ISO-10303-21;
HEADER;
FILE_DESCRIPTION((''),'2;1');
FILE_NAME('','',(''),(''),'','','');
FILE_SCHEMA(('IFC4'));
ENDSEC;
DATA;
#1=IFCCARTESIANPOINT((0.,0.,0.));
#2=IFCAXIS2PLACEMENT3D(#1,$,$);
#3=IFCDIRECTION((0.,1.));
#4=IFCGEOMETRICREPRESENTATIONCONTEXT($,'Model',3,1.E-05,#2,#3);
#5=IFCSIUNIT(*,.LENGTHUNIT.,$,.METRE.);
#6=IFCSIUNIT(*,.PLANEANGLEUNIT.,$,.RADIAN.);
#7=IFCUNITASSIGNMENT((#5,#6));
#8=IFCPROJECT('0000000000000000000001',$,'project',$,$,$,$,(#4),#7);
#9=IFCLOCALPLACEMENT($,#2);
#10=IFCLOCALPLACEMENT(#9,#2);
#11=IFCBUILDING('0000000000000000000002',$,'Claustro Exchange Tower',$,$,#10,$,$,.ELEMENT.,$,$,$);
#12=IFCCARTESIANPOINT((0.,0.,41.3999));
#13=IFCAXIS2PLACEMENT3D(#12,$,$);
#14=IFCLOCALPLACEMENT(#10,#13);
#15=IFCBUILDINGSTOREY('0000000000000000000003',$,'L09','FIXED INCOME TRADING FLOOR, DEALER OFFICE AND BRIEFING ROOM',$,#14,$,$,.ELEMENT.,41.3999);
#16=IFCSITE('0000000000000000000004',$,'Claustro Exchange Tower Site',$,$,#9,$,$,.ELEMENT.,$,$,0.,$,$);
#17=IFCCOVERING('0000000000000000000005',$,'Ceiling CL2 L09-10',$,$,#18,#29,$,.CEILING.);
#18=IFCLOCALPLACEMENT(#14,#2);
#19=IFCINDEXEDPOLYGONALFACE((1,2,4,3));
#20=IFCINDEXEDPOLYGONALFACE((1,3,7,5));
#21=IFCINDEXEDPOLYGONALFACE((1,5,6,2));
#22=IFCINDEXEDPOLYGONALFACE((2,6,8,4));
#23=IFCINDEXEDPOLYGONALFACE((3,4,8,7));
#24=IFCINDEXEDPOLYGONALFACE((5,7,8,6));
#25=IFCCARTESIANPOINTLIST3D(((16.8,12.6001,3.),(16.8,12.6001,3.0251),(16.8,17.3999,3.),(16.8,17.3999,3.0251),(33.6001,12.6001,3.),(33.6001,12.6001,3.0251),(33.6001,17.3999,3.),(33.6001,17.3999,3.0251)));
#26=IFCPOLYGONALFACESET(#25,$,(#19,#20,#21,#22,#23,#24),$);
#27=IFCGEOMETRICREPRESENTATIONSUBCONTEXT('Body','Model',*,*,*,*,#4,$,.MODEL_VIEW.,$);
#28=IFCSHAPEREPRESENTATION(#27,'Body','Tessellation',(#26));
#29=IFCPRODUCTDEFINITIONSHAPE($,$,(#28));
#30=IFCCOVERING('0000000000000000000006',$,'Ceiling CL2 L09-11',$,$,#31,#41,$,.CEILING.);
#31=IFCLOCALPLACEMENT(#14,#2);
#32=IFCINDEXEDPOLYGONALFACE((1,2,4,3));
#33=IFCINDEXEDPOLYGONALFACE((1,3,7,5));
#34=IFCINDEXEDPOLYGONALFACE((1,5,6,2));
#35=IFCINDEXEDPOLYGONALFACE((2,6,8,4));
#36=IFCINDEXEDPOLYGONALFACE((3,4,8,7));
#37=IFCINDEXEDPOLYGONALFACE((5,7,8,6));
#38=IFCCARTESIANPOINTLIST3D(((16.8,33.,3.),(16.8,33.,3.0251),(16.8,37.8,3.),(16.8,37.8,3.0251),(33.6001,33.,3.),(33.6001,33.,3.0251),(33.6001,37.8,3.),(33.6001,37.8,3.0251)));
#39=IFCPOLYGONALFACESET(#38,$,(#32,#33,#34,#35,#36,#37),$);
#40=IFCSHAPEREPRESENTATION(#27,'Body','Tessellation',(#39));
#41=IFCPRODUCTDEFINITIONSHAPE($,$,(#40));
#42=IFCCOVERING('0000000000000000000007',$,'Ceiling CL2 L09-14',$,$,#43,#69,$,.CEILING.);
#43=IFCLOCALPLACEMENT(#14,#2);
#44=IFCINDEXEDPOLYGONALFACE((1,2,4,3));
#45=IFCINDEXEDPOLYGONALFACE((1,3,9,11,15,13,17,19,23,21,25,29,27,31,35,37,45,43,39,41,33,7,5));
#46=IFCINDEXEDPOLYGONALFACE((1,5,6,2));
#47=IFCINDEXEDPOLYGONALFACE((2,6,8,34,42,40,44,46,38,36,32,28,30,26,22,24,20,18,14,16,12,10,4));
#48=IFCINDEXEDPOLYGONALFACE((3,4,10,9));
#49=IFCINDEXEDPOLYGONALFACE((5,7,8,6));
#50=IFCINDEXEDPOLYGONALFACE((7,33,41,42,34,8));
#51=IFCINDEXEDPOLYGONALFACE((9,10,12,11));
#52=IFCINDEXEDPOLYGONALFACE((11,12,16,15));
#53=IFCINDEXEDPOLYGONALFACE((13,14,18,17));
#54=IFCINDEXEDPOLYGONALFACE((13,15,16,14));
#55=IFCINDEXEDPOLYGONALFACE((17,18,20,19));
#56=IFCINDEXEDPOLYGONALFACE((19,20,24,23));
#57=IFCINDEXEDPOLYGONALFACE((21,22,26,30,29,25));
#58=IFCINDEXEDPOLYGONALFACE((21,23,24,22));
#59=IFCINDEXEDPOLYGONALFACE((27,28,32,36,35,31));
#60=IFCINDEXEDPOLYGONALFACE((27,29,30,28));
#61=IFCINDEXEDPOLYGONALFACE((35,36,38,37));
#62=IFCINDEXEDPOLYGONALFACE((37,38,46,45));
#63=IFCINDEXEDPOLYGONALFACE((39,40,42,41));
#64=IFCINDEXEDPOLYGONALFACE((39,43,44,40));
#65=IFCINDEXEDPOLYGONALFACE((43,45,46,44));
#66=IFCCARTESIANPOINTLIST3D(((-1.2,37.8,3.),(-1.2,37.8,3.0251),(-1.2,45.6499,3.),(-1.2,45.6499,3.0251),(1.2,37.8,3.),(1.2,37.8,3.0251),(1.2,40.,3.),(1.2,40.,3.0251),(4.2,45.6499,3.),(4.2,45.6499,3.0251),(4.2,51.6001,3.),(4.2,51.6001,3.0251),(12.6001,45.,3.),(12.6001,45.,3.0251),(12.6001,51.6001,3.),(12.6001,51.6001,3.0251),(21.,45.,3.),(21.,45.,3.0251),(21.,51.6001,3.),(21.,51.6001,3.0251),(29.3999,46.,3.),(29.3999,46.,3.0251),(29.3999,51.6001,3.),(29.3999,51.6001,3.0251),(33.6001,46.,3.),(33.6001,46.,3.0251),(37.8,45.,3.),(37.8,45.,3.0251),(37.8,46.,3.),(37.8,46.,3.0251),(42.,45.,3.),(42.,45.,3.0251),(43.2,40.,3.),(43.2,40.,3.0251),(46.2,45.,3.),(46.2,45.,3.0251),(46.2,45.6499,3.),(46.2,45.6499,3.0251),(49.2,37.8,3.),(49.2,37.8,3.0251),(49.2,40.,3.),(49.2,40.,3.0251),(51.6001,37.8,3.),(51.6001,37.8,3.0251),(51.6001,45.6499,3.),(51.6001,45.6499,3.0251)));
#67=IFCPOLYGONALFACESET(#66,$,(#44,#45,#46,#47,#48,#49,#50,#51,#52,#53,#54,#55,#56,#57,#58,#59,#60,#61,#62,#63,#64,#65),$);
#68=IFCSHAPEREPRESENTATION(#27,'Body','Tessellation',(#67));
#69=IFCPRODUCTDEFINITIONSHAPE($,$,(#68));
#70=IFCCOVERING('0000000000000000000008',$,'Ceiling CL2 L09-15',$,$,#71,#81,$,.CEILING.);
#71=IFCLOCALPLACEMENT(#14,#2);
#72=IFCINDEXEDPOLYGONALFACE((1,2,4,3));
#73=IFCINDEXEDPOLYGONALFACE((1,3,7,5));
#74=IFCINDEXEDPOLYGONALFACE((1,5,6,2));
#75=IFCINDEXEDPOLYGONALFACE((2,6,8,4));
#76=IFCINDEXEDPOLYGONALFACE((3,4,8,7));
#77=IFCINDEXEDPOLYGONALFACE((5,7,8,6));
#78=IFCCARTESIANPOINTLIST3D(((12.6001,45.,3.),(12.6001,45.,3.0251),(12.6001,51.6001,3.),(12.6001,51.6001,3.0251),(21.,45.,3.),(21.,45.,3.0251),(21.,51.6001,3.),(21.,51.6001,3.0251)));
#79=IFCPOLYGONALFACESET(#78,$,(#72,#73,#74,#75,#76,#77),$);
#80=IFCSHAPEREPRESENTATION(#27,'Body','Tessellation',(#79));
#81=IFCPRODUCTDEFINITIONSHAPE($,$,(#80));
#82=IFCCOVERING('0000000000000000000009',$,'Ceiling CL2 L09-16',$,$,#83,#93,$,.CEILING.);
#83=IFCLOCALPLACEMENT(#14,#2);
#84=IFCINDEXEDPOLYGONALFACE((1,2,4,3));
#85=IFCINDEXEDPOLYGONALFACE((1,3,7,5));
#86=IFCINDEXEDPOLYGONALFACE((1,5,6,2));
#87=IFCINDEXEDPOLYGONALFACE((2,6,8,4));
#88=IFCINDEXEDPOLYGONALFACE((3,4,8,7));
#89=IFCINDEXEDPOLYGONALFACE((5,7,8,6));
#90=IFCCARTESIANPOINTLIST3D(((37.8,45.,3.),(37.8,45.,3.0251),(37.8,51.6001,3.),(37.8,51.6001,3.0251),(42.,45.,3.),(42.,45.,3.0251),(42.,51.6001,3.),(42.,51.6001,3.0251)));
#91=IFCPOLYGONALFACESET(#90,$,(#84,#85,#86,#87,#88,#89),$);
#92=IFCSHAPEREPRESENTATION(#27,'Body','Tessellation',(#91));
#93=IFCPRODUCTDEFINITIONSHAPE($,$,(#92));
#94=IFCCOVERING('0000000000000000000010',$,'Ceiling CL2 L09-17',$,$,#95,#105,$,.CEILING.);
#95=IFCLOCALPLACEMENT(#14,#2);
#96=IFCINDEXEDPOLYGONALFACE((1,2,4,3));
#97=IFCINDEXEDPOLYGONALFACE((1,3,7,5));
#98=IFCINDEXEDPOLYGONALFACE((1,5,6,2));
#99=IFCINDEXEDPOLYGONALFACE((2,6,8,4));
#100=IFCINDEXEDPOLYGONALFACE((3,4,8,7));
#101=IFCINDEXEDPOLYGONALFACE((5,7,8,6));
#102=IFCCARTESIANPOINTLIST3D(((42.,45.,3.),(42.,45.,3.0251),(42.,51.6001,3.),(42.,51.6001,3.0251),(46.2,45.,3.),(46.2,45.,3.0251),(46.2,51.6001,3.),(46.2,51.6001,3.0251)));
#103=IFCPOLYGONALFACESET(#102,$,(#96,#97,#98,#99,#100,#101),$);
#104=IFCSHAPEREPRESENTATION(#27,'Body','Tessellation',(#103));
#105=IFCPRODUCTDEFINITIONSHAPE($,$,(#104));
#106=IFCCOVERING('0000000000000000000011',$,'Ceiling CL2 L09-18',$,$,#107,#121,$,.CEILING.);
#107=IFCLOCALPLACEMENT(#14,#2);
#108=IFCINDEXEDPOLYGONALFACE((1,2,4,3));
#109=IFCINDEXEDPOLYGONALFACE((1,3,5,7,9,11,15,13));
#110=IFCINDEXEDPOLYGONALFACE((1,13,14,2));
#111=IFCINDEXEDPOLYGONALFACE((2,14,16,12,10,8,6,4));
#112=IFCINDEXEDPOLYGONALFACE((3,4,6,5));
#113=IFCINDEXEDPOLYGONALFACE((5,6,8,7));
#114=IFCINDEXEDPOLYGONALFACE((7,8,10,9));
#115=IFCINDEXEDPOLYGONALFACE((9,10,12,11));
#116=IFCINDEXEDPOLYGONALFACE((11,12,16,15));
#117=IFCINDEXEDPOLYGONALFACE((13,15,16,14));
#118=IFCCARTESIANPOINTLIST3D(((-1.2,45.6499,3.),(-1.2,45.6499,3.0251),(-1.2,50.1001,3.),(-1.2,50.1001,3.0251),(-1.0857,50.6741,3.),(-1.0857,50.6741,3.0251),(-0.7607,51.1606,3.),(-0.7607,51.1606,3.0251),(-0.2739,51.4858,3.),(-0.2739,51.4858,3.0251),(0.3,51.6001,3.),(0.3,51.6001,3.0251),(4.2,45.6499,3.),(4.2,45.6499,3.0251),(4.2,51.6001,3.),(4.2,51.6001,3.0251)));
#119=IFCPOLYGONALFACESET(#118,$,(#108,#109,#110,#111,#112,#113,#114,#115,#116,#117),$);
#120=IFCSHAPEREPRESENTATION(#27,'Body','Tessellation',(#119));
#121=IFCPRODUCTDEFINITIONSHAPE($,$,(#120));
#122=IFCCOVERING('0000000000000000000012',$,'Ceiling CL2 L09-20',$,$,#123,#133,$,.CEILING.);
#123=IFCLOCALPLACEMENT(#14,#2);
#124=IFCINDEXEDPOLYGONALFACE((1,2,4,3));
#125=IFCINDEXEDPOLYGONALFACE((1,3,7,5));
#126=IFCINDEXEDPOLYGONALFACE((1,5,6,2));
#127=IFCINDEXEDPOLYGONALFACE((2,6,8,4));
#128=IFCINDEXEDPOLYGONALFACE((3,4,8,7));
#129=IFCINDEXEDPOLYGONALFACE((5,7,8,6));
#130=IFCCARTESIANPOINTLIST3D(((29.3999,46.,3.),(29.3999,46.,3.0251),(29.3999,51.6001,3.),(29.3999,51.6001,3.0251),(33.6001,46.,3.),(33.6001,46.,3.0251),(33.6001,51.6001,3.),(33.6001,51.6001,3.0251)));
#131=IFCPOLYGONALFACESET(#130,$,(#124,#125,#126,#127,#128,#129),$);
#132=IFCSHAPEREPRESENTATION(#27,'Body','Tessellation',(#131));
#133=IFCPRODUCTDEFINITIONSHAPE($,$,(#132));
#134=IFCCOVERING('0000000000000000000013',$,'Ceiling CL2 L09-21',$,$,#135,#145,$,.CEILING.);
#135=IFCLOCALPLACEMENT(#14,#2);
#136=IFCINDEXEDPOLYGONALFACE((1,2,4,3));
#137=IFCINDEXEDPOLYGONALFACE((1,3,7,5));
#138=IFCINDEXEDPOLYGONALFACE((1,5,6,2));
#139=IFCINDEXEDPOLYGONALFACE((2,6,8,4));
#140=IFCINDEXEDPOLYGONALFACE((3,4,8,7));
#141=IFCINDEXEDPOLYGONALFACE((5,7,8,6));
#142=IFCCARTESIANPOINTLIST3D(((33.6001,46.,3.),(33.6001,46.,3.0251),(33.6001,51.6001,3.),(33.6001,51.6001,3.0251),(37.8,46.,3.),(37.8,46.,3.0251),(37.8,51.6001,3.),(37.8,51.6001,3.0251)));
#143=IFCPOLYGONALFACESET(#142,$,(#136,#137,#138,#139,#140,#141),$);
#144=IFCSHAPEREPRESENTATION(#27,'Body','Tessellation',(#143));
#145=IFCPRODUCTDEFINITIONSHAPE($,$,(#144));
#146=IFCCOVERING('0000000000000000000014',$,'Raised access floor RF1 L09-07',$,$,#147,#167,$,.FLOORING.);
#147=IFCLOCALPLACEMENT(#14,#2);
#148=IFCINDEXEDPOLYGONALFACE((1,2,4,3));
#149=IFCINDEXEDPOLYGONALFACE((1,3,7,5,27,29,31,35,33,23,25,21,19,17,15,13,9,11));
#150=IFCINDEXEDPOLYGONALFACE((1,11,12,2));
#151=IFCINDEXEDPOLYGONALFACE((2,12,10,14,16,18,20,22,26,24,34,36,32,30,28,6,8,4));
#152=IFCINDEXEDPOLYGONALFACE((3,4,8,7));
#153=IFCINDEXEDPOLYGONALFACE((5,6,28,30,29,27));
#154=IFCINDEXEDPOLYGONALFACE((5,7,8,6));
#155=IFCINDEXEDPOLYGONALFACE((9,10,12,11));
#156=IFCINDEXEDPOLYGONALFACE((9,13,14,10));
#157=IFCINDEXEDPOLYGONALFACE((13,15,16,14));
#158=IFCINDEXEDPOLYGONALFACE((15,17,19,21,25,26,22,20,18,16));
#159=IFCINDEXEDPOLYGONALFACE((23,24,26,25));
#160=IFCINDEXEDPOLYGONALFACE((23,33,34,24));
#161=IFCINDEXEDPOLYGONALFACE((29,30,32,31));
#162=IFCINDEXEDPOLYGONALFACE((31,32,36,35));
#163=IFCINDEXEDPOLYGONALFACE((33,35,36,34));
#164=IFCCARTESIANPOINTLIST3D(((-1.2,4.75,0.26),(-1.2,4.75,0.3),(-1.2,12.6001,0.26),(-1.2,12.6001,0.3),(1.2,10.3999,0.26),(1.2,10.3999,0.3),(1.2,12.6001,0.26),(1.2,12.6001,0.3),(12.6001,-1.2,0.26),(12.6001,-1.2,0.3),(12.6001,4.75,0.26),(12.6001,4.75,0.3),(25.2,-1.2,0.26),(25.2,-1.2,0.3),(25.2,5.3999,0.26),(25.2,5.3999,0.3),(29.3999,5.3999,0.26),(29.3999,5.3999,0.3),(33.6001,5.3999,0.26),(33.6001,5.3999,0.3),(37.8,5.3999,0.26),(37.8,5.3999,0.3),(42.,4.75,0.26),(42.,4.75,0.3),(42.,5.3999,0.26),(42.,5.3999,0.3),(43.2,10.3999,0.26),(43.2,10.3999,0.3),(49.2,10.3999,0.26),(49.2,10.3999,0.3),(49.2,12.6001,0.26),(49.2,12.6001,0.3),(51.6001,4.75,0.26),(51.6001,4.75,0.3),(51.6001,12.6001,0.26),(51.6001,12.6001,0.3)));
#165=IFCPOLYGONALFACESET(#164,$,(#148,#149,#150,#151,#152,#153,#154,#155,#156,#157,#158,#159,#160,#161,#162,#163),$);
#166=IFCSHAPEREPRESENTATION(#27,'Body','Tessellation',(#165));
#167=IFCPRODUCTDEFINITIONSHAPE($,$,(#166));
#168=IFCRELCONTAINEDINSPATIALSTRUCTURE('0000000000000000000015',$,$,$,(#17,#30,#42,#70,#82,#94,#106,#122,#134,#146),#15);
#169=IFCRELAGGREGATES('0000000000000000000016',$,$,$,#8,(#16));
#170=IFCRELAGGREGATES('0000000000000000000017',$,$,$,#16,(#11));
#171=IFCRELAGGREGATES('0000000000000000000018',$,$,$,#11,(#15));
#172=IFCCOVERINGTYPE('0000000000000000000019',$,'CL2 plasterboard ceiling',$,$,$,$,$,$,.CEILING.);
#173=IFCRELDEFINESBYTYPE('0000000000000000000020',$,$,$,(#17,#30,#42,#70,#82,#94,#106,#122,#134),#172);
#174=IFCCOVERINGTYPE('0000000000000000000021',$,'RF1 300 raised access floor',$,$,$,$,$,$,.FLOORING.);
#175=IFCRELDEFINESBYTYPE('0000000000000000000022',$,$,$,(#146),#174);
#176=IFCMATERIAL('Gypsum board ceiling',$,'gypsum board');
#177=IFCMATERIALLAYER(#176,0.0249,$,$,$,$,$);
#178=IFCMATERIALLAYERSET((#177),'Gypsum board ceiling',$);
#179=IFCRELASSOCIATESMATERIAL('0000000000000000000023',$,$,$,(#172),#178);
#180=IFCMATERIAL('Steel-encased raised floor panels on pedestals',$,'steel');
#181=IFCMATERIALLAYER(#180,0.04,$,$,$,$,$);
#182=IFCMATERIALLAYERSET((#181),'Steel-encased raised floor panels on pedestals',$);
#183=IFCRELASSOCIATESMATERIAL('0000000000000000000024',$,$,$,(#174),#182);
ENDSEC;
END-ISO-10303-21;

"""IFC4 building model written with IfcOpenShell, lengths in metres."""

from ifc_helpers import new_model, si_unit, direction, frame, origin, place, context, subcontext, project, spatial, polyline, outline, extrude, material, layer, layer_set, type_object, element, save


model = new_model("IFC4")

# Units and contexts
model_context = context("Model", 3, precision=1e-05, world=origin(), true_north=direction((0.0, 1.0)))
body_context = subcontext(model_context, "Body", "Model", "MODEL_VIEW")
ifc_project = project(units=[si_unit("LENGTHUNIT", "METRE"), si_unit("PLANEANGLEUNIT", "RADIAN")], contexts=[model_context])

# Site, building, storey
site_placement = place(None, origin())
site = spatial("IfcSite", under=ifc_project, at=site_placement, Name="Claustro Exchange Tower Site", CompositionType="ELEMENT", RefElevation=0.0)
building_placement = place(site_placement, origin())
building = spatial("IfcBuilding", under=site, at=building_placement, Name="Claustro Exchange Tower", CompositionType="ELEMENT")
storey_placement = place(building_placement, frame((0.0, 0.0, 41.3999)))
storey = spatial("IfcBuildingStorey", under=building, at=storey_placement, Name="L09", Description="FIXED INCOME TRADING FLOOR, DEALER OFFICE AND BRIEFING ROOM", CompositionType="ELEMENT", Elevation=41.3999)

# Coverings
ifc_material_1 = material(Name="Gypsum board ceiling", Category="gypsum board")
ifc_layer_1 = layer(ifc_material_1, 0.0249)
ifc_layer_set_1 = layer_set([ifc_layer_1], Name="Gypsum board ceiling")
covering_type_1 = type_object("IfcCoveringType", Name="CL2 plasterboard ceiling", PredefinedType="CEILING", material=ifc_layer_set_1)
covering_1_placement = place(storey_placement, frame((0.0, 0.0, 3.0)))
element("IfcCovering", 1, at=covering_1_placement, inside=storey, type_object=covering_type_1, Name="Ceiling CL2 L09-10", PredefinedType="CEILING", context=body_context, shape_type="SweptSolid", body=[
    extrude(outline(polyline([(16.8, 17.3999), (16.8, 12.6001), (33.6001, 12.6001), (33.6001, 17.3999), (16.8, 17.3999)])), origin(), (0.0, 0.0, 1.0), 0.0251),
])
covering_2_placement = place(storey_placement, frame((0.0, 0.0, 3.0)))
element("IfcCovering", 2, at=covering_2_placement, inside=storey, type_object=covering_type_1, Name="Ceiling CL2 L09-11", PredefinedType="CEILING", context=body_context, shape_type="SweptSolid", body=[
    extrude(outline(polyline([(33.6001, 33.0), (33.6001, 37.8), (16.8, 37.8), (16.8, 33.0), (33.6001, 33.0)])), origin(), (0.0, 0.0, 1.0), 0.0251),
])
covering_3_placement = place(storey_placement, frame((0.0, 0.0, 3.0)))
element("IfcCovering", 3, at=covering_3_placement, inside=storey, type_object=covering_type_1, Name="Ceiling CL2 L09-14", PredefinedType="CEILING", context=body_context, shape_type="SweptSolid", body=[
    extrude(outline(polyline([(-1.2, 45.6499), (-1.2, 37.8), (1.2, 37.8), (1.2, 40.0), (43.2, 40.0), (49.2, 40.0), (49.2, 37.8), (51.6001, 37.8), (51.6001, 45.6499), (46.2, 45.6499), (46.2, 45.0), (42.0, 45.0), (37.8, 45.0), (37.8, 46.0), (33.6001, 46.0), (29.3999, 46.0), (29.3999, 51.6001), (21.0, 51.6001), (21.0, 45.0), (12.6001, 45.0), (12.6001, 51.6001), (4.2, 51.6001), (4.2, 45.6499), (-1.2, 45.6499)])), origin(), (0.0, 0.0, 1.0), 0.0251),
])
covering_4_placement = place(storey_placement, frame((0.0, 0.0, 3.0)))
element("IfcCovering", 4, at=covering_4_placement, inside=storey, type_object=covering_type_1, Name="Ceiling CL2 L09-15", PredefinedType="CEILING", context=body_context, shape_type="SweptSolid", body=[
    extrude(outline(polyline([(21.0, 51.6001), (12.6001, 51.6001), (12.6001, 45.0), (21.0, 45.0), (21.0, 51.6001)])), origin(), (0.0, 0.0, 1.0), 0.0251),
])
covering_5_placement = place(storey_placement, frame((0.0, 0.0, 3.0)))
element("IfcCovering", 5, at=covering_5_placement, inside=storey, type_object=covering_type_1, Name="Ceiling CL2 L09-16", PredefinedType="CEILING", context=body_context, shape_type="SweptSolid", body=[
    extrude(outline(polyline([(42.0, 51.6001), (37.8, 51.6001), (37.8, 45.0), (42.0, 45.0), (42.0, 51.6001)])), origin(), (0.0, 0.0, 1.0), 0.0251),
])
covering_6_placement = place(storey_placement, frame((0.0, 0.0, 3.0)))
element("IfcCovering", 6, at=covering_6_placement, inside=storey, type_object=covering_type_1, Name="Ceiling CL2 L09-17", PredefinedType="CEILING", context=body_context, shape_type="SweptSolid", body=[
    extrude(outline(polyline([(46.2, 51.6001), (42.0, 51.6001), (42.0, 45.0), (46.2, 45.0), (46.2, 51.6001)])), origin(), (0.0, 0.0, 1.0), 0.0251),
])
covering_7_placement = place(storey_placement, frame((0.0, 0.0, 3.0)))
element("IfcCovering", 7, at=covering_7_placement, inside=storey, type_object=covering_type_1, Name="Ceiling CL2 L09-18", PredefinedType="CEILING", context=body_context, shape_type="SweptSolid", body=[
    extrude(outline(polyline([(-1.2, 50.1001), (-1.2, 45.6499), (4.2, 45.6499), (4.2, 51.6001), (0.3, 51.6001), (-0.2739, 51.4858), (-0.7607, 51.1606), (-1.0857, 50.6741), (-1.2, 50.1001)])), origin(), (0.0, 0.0, 1.0), 0.0251),
])
covering_8_placement = place(storey_placement, frame((0.0, 0.0, 3.0)))
element("IfcCovering", 8, at=covering_8_placement, inside=storey, type_object=covering_type_1, Name="Ceiling CL2 L09-20", PredefinedType="CEILING", context=body_context, shape_type="SweptSolid", body=[
    extrude(outline(polyline([(33.6001, 51.6001), (29.3999, 51.6001), (29.3999, 46.0), (33.6001, 46.0), (33.6001, 51.6001)])), origin(), (0.0, 0.0, 1.0), 0.0251),
])
covering_9_placement = place(storey_placement, frame((0.0, 0.0, 3.0)))
element("IfcCovering", 9, at=covering_9_placement, inside=storey, type_object=covering_type_1, Name="Ceiling CL2 L09-21", PredefinedType="CEILING", context=body_context, shape_type="SweptSolid", body=[
    extrude(outline(polyline([(37.8, 51.6001), (33.6001, 51.6001), (33.6001, 46.0), (37.8, 46.0), (37.8, 51.6001)])), origin(), (0.0, 0.0, 1.0), 0.0251),
])
ifc_material_2 = material(Name="Steel-encased raised floor panels on pedestals", Category="steel")
ifc_layer_2 = layer(ifc_material_2, 0.04)
ifc_layer_set_2 = layer_set([ifc_layer_2], Name="Steel-encased raised floor panels on pedestals")
covering_type_2 = type_object("IfcCoveringType", Name="RF1 300 raised access floor", PredefinedType="FLOORING", material=ifc_layer_set_2)
covering_10_placement = place(storey_placement, frame((0.0, 0.0, 0.26)))
element("IfcCovering", 10, at=covering_10_placement, inside=storey, type_object=covering_type_2, Name="Raised access floor RF1 L09-07", PredefinedType="FLOORING", context=body_context, shape_type="SweptSolid", body=[
    extrude(outline(polyline([(-1.2, 12.6001), (-1.2, 4.75), (12.6001, 4.75), (12.6001, -1.2), (25.2, -1.2), (25.2, 5.3999), (29.3999, 5.3999), (33.6001, 5.3999), (37.8, 5.3999), (42.0, 5.3999), (42.0, 4.75), (51.6001, 4.75), (51.6001, 12.6001), (49.2, 12.6001), (49.2, 10.3999), (43.2, 10.3999), (1.2, 10.3999), (1.2, 12.6001), (-1.2, 12.6001)])), origin(), (0.0, 0.0, 1.0), 0.04),
])

save(model, "model.ifc")
